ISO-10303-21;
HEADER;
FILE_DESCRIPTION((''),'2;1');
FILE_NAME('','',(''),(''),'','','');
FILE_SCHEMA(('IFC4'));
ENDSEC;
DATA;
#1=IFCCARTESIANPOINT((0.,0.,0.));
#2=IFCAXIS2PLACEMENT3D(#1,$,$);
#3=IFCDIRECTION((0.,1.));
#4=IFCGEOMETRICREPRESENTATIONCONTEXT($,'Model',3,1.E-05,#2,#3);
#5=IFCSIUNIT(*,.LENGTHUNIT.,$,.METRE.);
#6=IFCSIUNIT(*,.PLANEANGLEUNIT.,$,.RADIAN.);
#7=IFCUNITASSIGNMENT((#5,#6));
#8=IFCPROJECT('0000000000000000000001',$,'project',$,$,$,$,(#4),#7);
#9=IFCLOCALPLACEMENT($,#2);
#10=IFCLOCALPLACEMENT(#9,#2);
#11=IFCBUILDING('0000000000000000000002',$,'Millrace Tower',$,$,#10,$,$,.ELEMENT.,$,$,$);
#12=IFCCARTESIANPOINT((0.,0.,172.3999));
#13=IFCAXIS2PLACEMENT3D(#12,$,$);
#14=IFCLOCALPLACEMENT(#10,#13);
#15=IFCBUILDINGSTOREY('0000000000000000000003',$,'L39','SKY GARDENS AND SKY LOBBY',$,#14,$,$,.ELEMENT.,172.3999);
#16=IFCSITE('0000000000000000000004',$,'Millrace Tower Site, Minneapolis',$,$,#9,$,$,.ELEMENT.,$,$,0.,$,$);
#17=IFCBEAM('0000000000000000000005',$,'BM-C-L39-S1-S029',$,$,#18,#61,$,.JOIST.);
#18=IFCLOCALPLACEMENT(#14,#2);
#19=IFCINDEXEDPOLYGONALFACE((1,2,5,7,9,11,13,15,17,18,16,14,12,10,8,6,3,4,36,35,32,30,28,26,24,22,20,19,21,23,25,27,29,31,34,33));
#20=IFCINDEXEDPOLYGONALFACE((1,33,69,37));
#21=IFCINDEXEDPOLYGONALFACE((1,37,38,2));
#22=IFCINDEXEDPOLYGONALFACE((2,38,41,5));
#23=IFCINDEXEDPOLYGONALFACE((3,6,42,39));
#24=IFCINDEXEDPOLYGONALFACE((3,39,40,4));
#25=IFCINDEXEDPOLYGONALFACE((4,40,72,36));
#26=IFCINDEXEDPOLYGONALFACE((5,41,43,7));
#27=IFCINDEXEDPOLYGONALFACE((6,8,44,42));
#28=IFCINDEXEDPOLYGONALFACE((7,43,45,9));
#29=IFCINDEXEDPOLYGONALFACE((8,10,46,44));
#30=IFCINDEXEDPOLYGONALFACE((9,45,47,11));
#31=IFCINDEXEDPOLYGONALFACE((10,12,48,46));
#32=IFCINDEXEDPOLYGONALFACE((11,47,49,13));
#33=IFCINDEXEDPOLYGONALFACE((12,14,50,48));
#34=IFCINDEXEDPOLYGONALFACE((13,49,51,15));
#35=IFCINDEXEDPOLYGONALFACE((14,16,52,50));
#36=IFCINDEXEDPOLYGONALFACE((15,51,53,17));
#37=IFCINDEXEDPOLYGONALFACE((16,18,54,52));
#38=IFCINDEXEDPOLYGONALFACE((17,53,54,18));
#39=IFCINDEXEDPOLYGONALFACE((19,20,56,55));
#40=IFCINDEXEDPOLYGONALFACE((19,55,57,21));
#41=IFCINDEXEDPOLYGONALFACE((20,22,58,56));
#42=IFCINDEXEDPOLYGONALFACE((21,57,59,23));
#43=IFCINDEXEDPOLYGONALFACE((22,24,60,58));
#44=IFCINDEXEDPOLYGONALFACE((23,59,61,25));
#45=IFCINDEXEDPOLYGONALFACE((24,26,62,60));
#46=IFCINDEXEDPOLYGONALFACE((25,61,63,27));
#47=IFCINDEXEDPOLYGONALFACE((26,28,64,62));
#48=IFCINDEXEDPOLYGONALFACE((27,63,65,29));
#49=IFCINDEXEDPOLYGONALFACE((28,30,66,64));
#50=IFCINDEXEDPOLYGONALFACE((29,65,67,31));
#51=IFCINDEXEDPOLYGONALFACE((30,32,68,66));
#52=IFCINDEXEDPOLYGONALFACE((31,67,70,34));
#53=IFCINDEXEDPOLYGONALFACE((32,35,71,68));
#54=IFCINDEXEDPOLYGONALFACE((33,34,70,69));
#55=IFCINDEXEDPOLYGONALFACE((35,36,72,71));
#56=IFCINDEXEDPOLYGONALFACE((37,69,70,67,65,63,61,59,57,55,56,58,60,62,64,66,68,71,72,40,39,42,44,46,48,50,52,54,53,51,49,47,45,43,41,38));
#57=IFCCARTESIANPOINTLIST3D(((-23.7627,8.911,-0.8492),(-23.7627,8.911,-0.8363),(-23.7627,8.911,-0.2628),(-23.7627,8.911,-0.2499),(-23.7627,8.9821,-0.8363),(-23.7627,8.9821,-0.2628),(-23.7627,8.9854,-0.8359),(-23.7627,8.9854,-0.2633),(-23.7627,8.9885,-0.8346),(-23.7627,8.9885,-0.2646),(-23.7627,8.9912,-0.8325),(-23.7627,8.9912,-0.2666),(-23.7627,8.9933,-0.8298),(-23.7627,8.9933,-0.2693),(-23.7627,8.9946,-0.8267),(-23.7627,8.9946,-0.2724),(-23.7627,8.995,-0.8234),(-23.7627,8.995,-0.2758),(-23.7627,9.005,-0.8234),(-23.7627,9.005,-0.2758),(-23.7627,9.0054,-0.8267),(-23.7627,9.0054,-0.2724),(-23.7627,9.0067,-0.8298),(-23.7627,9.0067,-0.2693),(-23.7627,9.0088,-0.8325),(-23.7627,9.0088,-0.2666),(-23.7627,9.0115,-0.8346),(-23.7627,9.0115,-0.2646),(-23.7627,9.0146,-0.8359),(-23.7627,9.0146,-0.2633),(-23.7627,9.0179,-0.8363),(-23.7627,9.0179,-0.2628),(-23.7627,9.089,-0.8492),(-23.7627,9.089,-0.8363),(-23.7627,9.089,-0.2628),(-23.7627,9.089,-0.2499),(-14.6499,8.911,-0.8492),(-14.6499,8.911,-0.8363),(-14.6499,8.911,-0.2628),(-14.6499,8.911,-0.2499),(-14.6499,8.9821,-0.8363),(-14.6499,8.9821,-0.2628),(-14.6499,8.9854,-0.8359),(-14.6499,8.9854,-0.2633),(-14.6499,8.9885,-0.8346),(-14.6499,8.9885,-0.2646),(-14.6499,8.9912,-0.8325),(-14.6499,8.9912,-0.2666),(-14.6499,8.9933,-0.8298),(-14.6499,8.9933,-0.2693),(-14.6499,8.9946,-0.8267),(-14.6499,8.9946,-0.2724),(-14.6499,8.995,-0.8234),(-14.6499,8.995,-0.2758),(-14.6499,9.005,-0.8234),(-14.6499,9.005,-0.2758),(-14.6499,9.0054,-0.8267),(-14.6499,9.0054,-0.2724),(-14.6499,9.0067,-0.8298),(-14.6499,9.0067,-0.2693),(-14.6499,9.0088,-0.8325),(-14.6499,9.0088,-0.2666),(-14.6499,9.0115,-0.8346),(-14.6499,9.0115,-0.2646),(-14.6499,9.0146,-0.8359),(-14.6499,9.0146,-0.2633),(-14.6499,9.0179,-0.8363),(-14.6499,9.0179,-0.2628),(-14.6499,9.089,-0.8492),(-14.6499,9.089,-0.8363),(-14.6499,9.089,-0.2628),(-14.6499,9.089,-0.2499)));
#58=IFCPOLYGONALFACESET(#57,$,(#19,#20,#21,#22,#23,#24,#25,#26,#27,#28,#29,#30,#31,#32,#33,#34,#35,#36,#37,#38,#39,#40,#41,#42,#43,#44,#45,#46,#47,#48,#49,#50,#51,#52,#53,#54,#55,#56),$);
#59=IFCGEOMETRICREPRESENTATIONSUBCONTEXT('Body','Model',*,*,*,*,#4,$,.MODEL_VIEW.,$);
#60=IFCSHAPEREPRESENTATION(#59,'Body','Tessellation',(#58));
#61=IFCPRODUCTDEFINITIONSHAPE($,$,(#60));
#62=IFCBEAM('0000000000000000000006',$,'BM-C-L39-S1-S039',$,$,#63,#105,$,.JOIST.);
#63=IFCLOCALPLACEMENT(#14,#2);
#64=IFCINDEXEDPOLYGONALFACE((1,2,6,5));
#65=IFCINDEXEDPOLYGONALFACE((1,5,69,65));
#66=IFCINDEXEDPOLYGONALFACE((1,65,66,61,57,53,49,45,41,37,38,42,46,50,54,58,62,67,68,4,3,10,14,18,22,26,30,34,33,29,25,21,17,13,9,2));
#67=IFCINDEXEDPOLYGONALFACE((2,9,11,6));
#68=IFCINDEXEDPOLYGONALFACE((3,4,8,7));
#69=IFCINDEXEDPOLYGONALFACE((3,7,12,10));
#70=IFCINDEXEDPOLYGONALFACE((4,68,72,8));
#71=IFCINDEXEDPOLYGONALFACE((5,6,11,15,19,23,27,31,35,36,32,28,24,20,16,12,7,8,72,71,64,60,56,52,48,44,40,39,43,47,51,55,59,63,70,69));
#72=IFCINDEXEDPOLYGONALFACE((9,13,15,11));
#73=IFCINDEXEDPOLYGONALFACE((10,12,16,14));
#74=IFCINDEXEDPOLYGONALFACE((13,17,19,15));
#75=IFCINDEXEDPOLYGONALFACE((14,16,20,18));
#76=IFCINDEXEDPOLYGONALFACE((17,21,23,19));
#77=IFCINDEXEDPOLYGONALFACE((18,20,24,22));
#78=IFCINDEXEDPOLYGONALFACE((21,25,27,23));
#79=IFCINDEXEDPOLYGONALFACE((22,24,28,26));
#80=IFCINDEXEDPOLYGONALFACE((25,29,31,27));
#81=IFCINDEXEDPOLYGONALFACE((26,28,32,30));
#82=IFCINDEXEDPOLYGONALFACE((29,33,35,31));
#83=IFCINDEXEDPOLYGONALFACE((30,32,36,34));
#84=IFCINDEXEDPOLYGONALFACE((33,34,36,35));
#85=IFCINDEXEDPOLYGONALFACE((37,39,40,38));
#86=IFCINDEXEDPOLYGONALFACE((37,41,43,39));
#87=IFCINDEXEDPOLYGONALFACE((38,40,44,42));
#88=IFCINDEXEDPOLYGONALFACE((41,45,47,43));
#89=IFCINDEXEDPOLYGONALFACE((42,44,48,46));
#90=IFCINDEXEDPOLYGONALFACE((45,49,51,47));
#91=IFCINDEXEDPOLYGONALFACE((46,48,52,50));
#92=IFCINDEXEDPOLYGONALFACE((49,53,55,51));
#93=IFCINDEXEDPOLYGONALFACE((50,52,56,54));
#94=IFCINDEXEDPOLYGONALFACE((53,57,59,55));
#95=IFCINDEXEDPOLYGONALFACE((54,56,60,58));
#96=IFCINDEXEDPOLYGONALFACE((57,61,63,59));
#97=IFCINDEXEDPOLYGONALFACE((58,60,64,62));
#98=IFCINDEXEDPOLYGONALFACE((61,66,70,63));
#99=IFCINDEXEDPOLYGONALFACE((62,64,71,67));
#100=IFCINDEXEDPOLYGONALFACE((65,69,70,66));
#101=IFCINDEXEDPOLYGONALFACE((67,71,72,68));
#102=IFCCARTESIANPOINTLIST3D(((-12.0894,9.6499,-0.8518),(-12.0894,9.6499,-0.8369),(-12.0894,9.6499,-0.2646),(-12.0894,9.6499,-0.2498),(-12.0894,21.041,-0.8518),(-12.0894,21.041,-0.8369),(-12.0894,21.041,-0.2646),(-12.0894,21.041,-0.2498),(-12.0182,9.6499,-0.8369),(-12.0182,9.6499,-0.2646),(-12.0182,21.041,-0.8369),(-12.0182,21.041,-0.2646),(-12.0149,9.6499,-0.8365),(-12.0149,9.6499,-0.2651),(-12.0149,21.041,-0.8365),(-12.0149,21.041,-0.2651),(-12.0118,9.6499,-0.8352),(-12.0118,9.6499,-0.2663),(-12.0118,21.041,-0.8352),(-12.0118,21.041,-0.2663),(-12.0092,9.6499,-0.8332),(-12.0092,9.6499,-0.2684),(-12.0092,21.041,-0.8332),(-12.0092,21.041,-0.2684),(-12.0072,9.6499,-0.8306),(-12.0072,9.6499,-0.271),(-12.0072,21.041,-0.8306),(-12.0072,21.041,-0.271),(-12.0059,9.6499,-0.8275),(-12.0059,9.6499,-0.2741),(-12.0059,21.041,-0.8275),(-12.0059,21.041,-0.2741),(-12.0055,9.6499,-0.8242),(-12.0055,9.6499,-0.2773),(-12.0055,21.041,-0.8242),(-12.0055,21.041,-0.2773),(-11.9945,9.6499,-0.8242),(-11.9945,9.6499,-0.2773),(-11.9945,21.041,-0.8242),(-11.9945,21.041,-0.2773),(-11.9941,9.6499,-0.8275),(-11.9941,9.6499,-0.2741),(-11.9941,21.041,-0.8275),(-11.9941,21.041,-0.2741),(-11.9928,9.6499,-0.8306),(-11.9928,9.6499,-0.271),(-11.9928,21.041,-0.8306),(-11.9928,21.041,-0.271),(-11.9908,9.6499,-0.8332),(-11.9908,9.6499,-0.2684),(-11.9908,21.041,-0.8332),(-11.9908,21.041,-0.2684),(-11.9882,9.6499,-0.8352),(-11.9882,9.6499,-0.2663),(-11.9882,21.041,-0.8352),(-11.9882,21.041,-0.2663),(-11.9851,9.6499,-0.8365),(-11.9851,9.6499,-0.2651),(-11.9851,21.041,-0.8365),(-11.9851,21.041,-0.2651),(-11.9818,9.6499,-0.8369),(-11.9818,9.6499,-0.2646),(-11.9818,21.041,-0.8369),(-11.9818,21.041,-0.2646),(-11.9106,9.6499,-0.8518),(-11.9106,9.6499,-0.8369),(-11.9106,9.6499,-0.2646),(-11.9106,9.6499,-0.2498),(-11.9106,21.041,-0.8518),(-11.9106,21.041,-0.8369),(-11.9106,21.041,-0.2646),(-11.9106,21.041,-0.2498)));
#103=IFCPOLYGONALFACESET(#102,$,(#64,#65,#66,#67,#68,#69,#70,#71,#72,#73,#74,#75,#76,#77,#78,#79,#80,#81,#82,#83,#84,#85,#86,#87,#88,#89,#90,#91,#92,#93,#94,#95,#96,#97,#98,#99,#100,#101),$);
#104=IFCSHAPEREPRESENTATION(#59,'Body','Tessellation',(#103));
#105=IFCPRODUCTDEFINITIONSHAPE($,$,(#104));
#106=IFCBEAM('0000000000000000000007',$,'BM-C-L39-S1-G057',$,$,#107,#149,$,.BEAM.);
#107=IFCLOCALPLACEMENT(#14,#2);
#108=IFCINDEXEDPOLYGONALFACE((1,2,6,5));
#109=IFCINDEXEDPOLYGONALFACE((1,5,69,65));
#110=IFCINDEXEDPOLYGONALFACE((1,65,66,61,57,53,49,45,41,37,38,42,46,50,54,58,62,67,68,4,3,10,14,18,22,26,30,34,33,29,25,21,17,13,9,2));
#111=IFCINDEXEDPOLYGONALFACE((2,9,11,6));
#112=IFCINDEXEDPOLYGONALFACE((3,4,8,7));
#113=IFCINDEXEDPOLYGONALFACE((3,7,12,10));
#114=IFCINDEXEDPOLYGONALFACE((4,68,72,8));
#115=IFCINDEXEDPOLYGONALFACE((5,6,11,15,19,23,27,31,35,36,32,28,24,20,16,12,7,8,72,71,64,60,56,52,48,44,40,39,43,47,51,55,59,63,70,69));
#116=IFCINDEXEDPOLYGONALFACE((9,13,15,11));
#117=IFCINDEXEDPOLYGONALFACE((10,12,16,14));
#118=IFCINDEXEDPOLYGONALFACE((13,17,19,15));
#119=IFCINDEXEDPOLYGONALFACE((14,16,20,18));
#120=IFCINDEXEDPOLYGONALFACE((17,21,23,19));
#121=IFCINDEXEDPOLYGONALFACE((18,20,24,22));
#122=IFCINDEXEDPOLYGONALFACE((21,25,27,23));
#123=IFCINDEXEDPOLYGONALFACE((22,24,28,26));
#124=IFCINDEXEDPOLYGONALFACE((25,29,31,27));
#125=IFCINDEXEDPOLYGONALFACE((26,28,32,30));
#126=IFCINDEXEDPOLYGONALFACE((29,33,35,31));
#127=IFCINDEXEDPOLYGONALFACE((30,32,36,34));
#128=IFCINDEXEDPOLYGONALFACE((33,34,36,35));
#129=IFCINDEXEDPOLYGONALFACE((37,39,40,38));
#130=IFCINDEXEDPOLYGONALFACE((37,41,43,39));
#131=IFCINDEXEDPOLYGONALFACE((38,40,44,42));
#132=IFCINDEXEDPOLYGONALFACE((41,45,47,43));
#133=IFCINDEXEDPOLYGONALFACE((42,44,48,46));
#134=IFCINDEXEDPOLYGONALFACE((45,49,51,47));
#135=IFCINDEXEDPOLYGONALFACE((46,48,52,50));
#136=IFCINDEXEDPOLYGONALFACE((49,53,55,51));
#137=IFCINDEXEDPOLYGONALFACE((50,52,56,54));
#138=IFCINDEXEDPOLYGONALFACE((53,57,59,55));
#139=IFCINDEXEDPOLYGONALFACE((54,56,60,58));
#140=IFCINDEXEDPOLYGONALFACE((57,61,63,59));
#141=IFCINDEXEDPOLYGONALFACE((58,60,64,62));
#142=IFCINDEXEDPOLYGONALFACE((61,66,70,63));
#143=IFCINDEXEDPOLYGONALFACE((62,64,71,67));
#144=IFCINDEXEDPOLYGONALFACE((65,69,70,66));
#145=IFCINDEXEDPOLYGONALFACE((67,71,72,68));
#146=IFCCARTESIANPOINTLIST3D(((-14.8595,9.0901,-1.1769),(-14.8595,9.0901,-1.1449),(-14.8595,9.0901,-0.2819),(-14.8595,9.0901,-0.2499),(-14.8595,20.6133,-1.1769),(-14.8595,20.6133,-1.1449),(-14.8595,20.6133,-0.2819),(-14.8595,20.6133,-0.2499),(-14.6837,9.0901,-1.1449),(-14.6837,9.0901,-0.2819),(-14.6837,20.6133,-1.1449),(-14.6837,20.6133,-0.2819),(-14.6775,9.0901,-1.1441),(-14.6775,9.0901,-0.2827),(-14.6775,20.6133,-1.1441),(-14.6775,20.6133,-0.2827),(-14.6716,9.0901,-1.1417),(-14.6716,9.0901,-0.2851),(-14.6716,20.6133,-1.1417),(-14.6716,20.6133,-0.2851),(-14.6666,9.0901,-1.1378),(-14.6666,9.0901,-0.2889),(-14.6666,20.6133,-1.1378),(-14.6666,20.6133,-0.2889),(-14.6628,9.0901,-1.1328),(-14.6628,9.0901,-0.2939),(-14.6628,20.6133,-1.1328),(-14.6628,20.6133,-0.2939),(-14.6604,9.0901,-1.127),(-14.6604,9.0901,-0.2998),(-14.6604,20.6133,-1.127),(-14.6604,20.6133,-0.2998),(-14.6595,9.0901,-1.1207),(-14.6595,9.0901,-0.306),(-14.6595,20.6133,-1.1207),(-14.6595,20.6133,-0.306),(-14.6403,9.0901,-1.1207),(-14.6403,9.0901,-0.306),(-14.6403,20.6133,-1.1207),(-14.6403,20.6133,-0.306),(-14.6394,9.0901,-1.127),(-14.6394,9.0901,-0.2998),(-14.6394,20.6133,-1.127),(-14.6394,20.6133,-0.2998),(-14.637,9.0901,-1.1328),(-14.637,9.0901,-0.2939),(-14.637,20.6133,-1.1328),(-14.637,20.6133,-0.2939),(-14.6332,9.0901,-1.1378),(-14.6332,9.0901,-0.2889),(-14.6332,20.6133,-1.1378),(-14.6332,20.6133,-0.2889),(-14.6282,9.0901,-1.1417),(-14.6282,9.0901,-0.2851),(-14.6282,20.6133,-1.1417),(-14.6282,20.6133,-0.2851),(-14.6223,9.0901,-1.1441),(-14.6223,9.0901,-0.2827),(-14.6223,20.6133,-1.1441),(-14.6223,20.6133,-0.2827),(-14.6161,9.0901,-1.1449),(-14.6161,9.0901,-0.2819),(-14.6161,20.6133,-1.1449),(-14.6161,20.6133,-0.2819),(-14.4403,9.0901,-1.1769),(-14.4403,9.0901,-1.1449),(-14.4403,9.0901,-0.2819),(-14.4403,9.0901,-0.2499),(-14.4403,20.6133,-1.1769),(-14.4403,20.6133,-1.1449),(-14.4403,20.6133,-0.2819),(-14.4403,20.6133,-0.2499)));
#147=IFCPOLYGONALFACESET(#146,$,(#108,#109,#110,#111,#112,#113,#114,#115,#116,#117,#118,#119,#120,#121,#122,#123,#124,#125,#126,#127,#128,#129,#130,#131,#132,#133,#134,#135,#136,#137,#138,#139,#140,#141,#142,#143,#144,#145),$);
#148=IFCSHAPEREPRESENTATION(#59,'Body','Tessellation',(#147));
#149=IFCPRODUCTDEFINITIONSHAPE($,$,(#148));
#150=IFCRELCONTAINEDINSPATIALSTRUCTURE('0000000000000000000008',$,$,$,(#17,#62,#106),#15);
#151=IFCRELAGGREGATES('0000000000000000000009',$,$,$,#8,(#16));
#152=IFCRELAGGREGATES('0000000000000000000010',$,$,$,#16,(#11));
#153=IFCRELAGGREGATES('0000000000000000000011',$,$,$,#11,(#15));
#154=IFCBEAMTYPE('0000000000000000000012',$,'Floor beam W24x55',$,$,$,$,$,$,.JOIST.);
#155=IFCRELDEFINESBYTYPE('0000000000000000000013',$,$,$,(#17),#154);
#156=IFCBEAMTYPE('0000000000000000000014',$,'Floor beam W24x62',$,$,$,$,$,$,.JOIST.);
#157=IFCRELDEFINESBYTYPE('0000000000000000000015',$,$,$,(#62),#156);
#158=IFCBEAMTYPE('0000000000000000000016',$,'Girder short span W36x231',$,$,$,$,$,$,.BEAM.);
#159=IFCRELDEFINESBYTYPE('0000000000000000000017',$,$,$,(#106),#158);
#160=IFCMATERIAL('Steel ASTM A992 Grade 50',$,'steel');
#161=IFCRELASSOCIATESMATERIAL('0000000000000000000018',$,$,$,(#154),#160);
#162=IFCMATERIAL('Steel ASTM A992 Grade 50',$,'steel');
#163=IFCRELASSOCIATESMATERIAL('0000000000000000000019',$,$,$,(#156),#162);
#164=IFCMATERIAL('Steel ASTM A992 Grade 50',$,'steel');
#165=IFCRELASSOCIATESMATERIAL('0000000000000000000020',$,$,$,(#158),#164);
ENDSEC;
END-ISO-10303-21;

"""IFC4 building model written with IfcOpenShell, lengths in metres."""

from ifc_helpers import new_model, si_unit, direction, frame, origin, origin_2d, place, context, subcontext, project, spatial, i_section, extrude, material, material_profile, profile_set, type_object, element, save


model = new_model("IFC4")

# Units and contexts
model_context = context("Model", 3, precision=1e-05, world=origin(), true_north=direction((0.0, 1.0)))
body_context = subcontext(model_context, "Body", "Model", "MODEL_VIEW")
ifc_project = project(units=[si_unit("LENGTHUNIT", "METRE"), si_unit("PLANEANGLEUNIT", "RADIAN")], contexts=[model_context])

# Site, building, storey
site_placement = place(None, origin())
site = spatial("IfcSite", under=ifc_project, at=site_placement, Name="Millrace Tower Site, Minneapolis", CompositionType="ELEMENT", RefElevation=0.0)
building_placement = place(site_placement, origin())
building = spatial("IfcBuilding", under=site, at=building_placement, Name="Millrace Tower", CompositionType="ELEMENT")
storey_placement = place(building_placement, frame((0.0, 0.0, 172.3999)))
storey = spatial("IfcBuildingStorey", under=building, at=storey_placement, Name="L39", Description="SKY GARDENS AND SKY LOBBY", CompositionType="ELEMENT", Elevation=172.3999)

# Beams
ifc_material_1 = material(Name="Steel ASTM A992 Grade 50", Category="steel")
ifc_material_profile_1 = material_profile(ifc_material_1, i_section(OverallWidth=0.178, OverallDepth=0.5994, WebThickness=0.01, FlangeThickness=0.0129, FilletRadius=0.0129, at=origin_2d()))
ifc_profile_set_1 = profile_set([ifc_material_profile_1], Name="Steel ASTM A992 Grade 50")
beam_type_1 = type_object("IfcBeamType", Name="Floor beam W24x55", PredefinedType="JOIST", material=ifc_profile_set_1)
beam_1_placement = place(storey_placement, frame((-23.7627, 9.0, -0.5496), z_axis=(1.0, 0.0, 0.0), x_axis=(0.0, 1.0, 0.0)))
element("IfcBeam", 1, at=beam_1_placement, inside=storey, type_object=beam_type_1, Name="BM-C-L39-S1-S029", PredefinedType="JOIST", context=body_context, shape_type="SweptSolid", body=[
    extrude(i_section(OverallWidth=0.178, OverallDepth=0.5994, WebThickness=0.01, FlangeThickness=0.0129, FilletRadius=0.0129, at=origin_2d()), origin(), (0.0, 0.0, 1.0), 9.1128),
])
ifc_material_2 = material(Name="Steel ASTM A992 Grade 50", Category="steel")
ifc_material_profile_2 = material_profile(ifc_material_2, i_section(OverallWidth=0.1787, OverallDepth=0.6021, WebThickness=0.011, FlangeThickness=0.0149, FilletRadius=0.0127, at=origin_2d()))
ifc_profile_set_2 = profile_set([ifc_material_profile_2], Name="Steel ASTM A992 Grade 50")
beam_type_2 = type_object("IfcBeamType", Name="Floor beam W24x62", PredefinedType="JOIST", material=ifc_profile_set_2)
beam_2_placement = place(storey_placement, frame((-12.0, 9.6499, -0.5508), z_axis=(0.0, 1.0, 0.0), x_axis=(-1.0, 0.0, 0.0)))
element("IfcBeam", 2, at=beam_2_placement, inside=storey, type_object=beam_type_2, Name="BM-C-L39-S1-S039", PredefinedType="JOIST", context=body_context, shape_type="SweptSolid", body=[
    extrude(i_section(OverallWidth=0.1787, OverallDepth=0.6021, WebThickness=0.011, FlangeThickness=0.0149, FilletRadius=0.0127, at=origin_2d()), origin(), (0.0, 0.0, 1.0), 11.3911),
])
ifc_material_3 = material(Name="Steel ASTM A992 Grade 50", Category="steel")
ifc_material_profile_3 = material_profile(ifc_material_3, i_section(OverallWidth=0.4192, OverallDepth=0.927, WebThickness=0.0193, FlangeThickness=0.032, FilletRadius=0.0242, at=origin_2d()))
ifc_profile_set_3 = profile_set([ifc_material_profile_3], Name="Steel ASTM A992 Grade 50")
beam_type_3 = type_object("IfcBeamType", Name="Girder short span W36x231", PredefinedType="BEAM", material=ifc_profile_set_3)
beam_3_placement = place(storey_placement, frame((-14.6499, 9.0901, -0.7134), z_axis=(0.0, 1.0, 0.0), x_axis=(-1.0, 0.0, 0.0)))
element("IfcBeam", 3, at=beam_3_placement, inside=storey, type_object=beam_type_3, Name="BM-C-L39-S1-G057", PredefinedType="BEAM", context=body_context, shape_type="SweptSolid", body=[
    extrude(i_section(OverallWidth=0.4192, OverallDepth=0.927, WebThickness=0.0193, FlangeThickness=0.032, FilletRadius=0.0242, at=origin_2d()), origin(), (0.0, 0.0, 1.0), 11.5232),
])

save(model, "model.ifc")
